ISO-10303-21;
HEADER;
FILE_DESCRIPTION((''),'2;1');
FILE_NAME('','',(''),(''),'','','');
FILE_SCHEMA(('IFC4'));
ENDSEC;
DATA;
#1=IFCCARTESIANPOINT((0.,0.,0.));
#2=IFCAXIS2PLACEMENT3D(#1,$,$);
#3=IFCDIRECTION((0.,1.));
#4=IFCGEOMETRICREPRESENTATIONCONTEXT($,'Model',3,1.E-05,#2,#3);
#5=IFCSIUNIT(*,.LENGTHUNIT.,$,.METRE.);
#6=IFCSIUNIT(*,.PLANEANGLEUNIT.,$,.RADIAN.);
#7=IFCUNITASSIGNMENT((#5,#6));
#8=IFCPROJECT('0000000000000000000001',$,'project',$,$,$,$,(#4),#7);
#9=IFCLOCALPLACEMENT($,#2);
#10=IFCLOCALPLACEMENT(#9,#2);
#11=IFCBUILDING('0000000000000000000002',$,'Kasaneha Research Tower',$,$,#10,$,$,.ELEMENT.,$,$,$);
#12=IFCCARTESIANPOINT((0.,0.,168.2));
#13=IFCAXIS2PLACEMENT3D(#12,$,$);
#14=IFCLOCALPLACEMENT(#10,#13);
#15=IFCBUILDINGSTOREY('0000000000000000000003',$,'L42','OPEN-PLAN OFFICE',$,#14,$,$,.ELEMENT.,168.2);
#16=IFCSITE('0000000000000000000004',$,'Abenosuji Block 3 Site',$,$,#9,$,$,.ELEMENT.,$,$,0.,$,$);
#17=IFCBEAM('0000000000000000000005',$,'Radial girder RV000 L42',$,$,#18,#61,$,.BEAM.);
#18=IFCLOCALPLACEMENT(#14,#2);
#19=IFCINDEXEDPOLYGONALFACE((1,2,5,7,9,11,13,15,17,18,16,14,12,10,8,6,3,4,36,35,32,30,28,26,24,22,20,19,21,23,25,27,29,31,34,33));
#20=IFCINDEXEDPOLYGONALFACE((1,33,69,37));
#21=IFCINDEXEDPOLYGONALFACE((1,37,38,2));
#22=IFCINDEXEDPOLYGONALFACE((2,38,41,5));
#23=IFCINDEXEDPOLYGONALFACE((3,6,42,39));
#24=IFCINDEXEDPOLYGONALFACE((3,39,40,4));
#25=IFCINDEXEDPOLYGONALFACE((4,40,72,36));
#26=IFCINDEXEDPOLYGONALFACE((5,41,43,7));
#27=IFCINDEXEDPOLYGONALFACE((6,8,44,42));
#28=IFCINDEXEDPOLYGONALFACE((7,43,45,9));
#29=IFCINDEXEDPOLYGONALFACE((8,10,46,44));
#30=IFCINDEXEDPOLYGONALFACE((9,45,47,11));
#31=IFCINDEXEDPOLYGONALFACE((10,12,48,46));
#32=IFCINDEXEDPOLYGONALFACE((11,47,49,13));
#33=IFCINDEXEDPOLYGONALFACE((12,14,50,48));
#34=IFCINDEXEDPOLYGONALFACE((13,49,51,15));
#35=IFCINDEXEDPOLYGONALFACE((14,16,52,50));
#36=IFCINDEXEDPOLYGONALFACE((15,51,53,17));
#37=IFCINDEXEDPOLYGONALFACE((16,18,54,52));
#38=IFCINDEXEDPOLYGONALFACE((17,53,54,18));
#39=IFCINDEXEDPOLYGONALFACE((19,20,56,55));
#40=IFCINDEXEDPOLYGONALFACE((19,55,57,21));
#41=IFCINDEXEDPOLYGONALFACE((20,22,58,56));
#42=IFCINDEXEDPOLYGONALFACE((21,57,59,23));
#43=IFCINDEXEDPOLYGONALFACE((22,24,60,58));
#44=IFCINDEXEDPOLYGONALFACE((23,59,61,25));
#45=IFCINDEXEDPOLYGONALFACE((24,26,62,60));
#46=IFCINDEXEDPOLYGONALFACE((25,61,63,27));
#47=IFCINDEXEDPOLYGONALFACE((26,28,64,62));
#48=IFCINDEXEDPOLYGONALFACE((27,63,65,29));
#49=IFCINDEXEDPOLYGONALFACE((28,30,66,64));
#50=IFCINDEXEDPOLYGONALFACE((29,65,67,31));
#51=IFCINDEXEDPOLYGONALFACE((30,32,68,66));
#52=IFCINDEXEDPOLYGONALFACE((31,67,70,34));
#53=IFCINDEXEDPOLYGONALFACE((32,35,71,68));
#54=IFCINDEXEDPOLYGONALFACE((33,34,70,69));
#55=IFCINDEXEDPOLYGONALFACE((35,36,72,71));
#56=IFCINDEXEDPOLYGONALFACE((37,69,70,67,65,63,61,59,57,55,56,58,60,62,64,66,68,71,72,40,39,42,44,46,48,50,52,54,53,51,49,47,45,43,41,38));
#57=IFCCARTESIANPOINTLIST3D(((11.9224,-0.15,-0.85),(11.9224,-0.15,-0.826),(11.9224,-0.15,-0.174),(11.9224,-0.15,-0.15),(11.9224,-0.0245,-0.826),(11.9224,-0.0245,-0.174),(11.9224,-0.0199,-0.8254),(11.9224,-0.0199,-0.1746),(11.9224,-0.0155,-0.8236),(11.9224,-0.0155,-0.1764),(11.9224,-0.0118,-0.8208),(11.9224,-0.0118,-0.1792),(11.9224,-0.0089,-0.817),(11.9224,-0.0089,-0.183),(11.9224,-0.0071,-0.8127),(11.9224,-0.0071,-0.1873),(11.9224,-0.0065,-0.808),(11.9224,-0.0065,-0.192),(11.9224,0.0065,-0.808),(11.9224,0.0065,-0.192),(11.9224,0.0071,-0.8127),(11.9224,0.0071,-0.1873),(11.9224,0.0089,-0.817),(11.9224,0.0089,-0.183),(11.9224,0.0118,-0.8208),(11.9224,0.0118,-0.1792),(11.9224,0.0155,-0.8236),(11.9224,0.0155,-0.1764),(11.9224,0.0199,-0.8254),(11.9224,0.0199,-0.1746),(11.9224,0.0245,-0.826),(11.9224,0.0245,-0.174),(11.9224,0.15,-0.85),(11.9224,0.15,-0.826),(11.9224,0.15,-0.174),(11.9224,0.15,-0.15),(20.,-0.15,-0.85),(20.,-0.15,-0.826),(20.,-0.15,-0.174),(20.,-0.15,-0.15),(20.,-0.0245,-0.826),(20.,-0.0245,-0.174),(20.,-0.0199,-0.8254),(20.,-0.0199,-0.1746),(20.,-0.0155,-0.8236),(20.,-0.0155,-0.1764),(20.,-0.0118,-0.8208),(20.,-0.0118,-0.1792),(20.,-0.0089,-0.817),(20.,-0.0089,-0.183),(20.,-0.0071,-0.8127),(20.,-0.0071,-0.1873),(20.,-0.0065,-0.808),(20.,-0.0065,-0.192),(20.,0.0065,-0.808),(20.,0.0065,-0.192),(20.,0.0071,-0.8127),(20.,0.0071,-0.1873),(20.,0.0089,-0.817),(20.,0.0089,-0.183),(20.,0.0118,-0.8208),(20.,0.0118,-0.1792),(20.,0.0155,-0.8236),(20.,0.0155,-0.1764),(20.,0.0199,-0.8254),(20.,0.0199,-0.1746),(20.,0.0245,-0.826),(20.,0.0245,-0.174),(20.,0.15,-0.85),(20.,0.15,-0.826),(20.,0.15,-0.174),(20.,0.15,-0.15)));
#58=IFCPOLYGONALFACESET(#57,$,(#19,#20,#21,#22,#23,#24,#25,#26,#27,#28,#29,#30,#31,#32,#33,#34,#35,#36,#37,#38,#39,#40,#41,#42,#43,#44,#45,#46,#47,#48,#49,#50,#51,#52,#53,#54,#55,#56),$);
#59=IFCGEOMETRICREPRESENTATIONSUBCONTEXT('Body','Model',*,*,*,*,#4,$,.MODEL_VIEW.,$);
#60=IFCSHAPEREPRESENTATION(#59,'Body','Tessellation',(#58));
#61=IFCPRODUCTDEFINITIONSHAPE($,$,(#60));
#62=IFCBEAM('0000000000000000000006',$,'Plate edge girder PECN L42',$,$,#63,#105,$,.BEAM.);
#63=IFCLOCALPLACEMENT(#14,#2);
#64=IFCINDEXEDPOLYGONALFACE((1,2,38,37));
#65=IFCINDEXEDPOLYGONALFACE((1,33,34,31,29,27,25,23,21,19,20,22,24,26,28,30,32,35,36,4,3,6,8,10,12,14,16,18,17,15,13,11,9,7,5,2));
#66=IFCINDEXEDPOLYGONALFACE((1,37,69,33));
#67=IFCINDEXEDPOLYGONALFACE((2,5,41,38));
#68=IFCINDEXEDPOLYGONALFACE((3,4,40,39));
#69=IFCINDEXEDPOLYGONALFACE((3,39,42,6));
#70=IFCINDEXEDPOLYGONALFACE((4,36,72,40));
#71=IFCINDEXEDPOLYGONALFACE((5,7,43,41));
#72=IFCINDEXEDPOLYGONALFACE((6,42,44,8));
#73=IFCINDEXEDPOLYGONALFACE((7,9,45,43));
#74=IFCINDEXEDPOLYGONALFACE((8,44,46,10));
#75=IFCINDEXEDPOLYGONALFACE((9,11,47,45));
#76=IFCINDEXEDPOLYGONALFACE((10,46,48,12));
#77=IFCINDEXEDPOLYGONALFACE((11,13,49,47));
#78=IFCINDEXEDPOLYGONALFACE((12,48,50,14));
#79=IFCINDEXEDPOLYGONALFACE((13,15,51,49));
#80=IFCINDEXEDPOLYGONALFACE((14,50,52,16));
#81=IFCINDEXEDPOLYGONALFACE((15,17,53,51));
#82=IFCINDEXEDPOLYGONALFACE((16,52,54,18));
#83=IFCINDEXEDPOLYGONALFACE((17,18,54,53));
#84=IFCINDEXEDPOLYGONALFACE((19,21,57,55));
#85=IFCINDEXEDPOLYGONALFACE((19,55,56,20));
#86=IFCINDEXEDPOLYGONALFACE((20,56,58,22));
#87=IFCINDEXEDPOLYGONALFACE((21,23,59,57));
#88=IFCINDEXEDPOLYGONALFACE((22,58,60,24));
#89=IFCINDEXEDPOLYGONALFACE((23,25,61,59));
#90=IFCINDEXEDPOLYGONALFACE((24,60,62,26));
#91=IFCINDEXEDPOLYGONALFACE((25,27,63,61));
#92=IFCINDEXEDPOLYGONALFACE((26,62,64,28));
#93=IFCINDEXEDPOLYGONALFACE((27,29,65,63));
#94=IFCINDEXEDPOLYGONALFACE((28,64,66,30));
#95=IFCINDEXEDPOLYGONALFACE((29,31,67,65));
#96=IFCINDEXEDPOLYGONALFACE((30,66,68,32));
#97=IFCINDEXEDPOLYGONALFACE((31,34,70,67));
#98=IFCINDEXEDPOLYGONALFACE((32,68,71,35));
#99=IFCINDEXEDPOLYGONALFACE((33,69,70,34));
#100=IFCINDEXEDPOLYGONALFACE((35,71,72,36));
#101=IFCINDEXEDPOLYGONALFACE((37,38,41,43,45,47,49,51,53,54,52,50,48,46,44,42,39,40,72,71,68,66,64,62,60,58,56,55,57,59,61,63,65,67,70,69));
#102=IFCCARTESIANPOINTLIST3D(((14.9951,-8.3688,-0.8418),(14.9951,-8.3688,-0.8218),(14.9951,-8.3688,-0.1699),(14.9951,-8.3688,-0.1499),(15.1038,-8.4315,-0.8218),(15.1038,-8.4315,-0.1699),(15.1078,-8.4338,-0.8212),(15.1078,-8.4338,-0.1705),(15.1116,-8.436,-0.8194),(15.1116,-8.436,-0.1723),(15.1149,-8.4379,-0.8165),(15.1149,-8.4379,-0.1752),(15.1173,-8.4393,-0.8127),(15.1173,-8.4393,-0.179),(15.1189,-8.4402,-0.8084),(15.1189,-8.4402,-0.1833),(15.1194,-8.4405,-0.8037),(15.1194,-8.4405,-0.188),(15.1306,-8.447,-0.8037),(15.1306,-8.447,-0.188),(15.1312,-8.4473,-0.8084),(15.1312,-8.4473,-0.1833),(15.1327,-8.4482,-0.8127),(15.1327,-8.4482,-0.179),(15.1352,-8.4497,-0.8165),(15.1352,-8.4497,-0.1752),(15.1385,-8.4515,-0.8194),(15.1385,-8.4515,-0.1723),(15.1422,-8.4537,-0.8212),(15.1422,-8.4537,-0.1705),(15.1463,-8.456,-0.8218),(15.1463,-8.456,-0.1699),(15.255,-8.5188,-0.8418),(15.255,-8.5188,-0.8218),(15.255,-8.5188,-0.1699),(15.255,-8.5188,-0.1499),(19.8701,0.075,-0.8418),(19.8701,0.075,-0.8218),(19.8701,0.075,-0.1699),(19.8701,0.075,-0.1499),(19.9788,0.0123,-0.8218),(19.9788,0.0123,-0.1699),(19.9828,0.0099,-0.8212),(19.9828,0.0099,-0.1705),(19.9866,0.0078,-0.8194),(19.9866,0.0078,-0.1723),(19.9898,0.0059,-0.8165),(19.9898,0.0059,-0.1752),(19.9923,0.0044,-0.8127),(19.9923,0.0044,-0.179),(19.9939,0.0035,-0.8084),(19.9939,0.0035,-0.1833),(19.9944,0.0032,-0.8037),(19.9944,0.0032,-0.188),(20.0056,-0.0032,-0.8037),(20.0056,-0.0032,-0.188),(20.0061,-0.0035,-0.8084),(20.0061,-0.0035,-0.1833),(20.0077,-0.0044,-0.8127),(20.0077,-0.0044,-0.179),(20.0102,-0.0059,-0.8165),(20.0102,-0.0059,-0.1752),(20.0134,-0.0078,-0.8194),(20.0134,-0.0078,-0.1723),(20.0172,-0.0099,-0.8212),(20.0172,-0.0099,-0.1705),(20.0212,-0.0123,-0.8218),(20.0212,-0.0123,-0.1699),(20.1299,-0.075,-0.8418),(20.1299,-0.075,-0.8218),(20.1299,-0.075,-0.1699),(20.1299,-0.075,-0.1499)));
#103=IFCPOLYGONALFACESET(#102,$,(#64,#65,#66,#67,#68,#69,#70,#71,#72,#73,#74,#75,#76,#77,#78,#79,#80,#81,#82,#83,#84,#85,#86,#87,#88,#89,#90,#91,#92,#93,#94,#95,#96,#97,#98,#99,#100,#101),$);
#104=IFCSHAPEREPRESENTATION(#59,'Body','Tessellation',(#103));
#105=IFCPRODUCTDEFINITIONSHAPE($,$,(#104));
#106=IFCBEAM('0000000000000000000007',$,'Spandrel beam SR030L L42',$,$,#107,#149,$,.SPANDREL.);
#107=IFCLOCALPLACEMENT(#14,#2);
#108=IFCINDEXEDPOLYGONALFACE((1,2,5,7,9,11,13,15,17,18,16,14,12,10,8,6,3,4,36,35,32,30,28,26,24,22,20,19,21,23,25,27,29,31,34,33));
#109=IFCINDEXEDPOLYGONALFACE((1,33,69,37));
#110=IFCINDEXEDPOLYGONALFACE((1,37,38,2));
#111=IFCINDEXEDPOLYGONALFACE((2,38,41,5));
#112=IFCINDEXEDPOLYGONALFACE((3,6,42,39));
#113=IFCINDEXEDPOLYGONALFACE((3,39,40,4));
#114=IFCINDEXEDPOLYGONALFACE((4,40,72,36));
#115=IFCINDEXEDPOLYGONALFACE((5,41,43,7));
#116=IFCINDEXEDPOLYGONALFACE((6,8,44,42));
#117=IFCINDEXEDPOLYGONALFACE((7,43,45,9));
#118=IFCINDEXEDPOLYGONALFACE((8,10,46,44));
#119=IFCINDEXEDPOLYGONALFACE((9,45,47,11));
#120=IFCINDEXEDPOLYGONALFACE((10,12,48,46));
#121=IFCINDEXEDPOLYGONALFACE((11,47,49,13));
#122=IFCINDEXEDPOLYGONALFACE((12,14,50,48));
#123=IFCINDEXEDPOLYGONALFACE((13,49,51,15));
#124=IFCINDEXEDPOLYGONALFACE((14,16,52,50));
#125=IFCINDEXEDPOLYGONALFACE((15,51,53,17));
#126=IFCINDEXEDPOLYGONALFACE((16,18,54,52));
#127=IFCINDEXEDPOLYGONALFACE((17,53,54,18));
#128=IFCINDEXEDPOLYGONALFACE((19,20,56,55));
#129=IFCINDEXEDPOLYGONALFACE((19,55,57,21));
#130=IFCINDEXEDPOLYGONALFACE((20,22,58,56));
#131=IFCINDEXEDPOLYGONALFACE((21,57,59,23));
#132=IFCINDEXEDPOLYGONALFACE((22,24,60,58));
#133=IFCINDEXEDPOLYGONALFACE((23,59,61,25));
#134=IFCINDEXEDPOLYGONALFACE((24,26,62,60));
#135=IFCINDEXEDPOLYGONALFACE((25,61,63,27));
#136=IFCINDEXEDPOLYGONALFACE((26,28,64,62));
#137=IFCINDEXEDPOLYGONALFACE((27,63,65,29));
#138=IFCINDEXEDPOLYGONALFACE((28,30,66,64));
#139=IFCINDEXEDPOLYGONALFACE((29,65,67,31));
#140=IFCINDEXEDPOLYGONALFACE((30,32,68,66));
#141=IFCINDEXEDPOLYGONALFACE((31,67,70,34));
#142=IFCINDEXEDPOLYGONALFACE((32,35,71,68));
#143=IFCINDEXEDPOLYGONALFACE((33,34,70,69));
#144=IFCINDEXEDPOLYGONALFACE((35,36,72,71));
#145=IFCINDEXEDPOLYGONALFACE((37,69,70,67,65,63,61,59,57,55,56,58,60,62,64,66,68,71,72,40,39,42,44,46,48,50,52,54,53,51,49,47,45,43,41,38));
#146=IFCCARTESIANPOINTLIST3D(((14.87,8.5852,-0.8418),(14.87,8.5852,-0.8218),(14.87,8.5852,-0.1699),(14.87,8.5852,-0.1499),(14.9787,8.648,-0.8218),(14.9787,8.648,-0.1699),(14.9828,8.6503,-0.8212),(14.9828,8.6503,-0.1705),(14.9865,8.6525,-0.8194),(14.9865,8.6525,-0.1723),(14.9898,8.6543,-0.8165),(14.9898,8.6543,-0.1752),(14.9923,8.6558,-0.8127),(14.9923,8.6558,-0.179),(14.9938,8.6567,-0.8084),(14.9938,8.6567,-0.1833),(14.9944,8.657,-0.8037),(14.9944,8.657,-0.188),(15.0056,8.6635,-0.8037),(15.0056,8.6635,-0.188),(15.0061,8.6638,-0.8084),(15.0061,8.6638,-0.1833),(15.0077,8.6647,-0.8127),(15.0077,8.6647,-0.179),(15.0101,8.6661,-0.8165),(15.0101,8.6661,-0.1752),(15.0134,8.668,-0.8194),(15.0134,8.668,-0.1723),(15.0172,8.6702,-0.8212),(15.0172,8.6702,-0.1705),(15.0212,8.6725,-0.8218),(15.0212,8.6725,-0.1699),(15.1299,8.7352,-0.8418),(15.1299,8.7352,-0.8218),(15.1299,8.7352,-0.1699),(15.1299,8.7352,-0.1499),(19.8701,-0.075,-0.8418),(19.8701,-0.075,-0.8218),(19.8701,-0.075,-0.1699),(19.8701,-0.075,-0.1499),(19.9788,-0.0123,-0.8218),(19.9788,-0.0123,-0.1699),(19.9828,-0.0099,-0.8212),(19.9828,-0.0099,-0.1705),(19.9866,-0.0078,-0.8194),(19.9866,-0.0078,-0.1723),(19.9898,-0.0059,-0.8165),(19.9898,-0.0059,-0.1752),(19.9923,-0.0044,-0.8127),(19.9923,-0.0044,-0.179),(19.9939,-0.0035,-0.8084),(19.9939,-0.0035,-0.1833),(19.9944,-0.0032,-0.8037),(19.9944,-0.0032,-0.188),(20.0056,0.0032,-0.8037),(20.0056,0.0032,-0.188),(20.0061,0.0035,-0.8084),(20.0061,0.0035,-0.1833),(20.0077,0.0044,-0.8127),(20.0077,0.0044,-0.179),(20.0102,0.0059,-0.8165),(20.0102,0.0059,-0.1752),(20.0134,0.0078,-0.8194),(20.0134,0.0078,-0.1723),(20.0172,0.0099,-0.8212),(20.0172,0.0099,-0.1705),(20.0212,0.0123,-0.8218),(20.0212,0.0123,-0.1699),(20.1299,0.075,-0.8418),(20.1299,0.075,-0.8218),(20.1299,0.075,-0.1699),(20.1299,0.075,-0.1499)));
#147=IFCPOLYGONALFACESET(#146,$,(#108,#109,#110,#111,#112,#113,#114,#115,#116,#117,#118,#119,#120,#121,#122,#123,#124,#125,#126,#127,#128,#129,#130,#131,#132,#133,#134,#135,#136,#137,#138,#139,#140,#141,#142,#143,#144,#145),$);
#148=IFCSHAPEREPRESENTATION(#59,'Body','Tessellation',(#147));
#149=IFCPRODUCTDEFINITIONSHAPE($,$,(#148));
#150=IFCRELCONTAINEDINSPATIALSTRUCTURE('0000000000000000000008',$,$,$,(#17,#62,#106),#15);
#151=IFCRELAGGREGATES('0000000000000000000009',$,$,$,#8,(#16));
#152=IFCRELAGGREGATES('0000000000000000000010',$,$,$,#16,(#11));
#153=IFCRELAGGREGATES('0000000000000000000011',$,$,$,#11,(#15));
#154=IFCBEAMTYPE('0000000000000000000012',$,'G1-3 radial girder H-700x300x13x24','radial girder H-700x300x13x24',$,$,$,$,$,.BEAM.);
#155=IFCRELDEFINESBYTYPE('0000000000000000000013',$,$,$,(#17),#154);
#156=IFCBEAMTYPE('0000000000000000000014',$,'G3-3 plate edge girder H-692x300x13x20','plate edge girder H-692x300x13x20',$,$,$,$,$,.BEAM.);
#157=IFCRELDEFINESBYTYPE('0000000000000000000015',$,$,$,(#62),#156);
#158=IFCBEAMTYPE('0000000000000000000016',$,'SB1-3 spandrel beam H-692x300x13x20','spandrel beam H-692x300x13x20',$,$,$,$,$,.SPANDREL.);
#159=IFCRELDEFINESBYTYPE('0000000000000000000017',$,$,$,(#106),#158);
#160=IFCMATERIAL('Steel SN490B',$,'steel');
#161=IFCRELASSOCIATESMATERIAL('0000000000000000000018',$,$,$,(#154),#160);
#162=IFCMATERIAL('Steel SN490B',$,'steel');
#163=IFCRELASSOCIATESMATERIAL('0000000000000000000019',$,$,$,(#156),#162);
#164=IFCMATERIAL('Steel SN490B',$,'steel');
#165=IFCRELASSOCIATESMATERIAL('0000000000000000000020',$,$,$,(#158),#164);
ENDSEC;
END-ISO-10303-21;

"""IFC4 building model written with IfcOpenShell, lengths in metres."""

from ifc_helpers import new_model, si_unit, direction, frame, origin, origin_2d, place, context, subcontext, project, spatial, i_section, extrude, material, material_profile, profile_set, type_object, element, save


model = new_model("IFC4")

# Units and contexts
model_context = context("Model", 3, precision=1e-05, world=origin(), true_north=direction((0.0, 1.0)))
body_context = subcontext(model_context, "Body", "Model", "MODEL_VIEW")
ifc_project = project(units=[si_unit("LENGTHUNIT", "METRE"), si_unit("PLANEANGLEUNIT", "RADIAN")], contexts=[model_context])

# Site, building, storey
site_placement = place(None, origin())
site = spatial("IfcSite", under=ifc_project, at=site_placement, Name="Abenosuji Block 3 Site", CompositionType="ELEMENT", RefElevation=0.0)
building_placement = place(site_placement, origin())
building = spatial("IfcBuilding", under=site, at=building_placement, Name="Kasaneha Research Tower", CompositionType="ELEMENT")
storey_placement = place(building_placement, frame((0.0, 0.0, 168.2)))
storey = spatial("IfcBuildingStorey", under=building, at=storey_placement, Name="L42", Description="OPEN-PLAN OFFICE", CompositionType="ELEMENT", Elevation=168.2)

# Beams
ifc_material_1 = material(Name="Steel SN490B", Category="steel")
ifc_material_profile_1 = material_profile(ifc_material_1, i_section(OverallWidth=0.3, OverallDepth=0.7, WebThickness=0.0129, FlangeThickness=0.0239, FilletRadius=0.0181, at=origin_2d()), Name="H-700x300x13x24")
ifc_profile_set_1 = profile_set([ifc_material_profile_1], Name="Steel SN490B")
beam_type_1 = type_object("IfcBeamType", Name="G1-3 radial girder H-700x300x13x24", Description="radial girder H-700x300x13x24", PredefinedType="BEAM", material=ifc_profile_set_1)
beam_1_placement = place(storey_placement, frame((11.9224, 0.0, -0.5), z_axis=(1.0, 0.0, 0.0), x_axis=(0.0, 1.0, 0.0)))
element("IfcBeam", 1, at=beam_1_placement, inside=storey, type_object=beam_type_1, Name="Radial girder RV000 L42", PredefinedType="BEAM", context=body_context, shape_type="SweptSolid", body=[
    extrude(i_section(OverallWidth=0.3, OverallDepth=0.7, WebThickness=0.0129, FlangeThickness=0.0239, FilletRadius=0.0181, at=origin_2d()), origin(), (0.0, 0.0, 1.0), 8.0776),
])
ifc_material_2 = material(Name="Steel SN490B", Category="steel")
ifc_material_profile_2 = material_profile(ifc_material_2, i_section(OverallWidth=0.3, OverallDepth=0.6919, WebThickness=0.0129, FlangeThickness=0.02, FilletRadius=0.0181, at=origin_2d()), Name="H-692x300x13x20")
ifc_profile_set_2 = profile_set([ifc_material_profile_2], Name="Steel SN490B")
beam_type_2 = type_object("IfcBeamType", Name="G3-3 plate edge girder H-692x300x13x20", Description="plate edge girder H-692x300x13x20", PredefinedType="BEAM", material=ifc_profile_set_2)
beam_2_placement = place(storey_placement, frame((20.0, 0.0, -0.4958), z_axis=(-0.499996, -0.866028, 0.0), x_axis=(0.866028, -0.499996, 0.0)))
element("IfcBeam", 2, at=beam_2_placement, inside=storey, type_object=beam_type_2, Name="Plate edge girder PECN L42", PredefinedType="BEAM", context=body_context, shape_type="SweptSolid", body=[
    extrude(i_section(OverallWidth=0.3, OverallDepth=0.6919, WebThickness=0.0129, FlangeThickness=0.02, FilletRadius=0.0181, at=origin_2d()), origin(), (0.0, 0.0, 1.0), 9.75),
])
ifc_material_3 = material(Name="Steel SN490B", Category="steel")
ifc_material_profile_3 = material_profile(ifc_material_3, i_section(OverallWidth=0.3, OverallDepth=0.6919, WebThickness=0.0129, FlangeThickness=0.02, FilletRadius=0.0181, at=origin_2d()), Name="H-692x300x13x20")
ifc_profile_set_3 = profile_set([ifc_material_profile_3], Name="Steel SN490B")
beam_type_3 = type_object("IfcBeamType", Name="SB1-3 spandrel beam H-692x300x13x20", Description="spandrel beam H-692x300x13x20", PredefinedType="SPANDREL", material=ifc_profile_set_3)
beam_3_placement = place(storey_placement, frame((20.0, 0.0, -0.4958), z_axis=(-0.500004, 0.866023, 0.0), x_axis=(-0.866023, -0.500004, 0.0)))
element("IfcBeam", 3, at=beam_3_placement, inside=storey, type_object=beam_type_3, Name="Spandrel beam SR030L L42", PredefinedType="SPANDREL", context=body_context, shape_type="SweptSolid", body=[
    extrude(i_section(OverallWidth=0.3, OverallDepth=0.6919, WebThickness=0.0129, FlangeThickness=0.02, FilletRadius=0.0181, at=origin_2d()), origin(), (0.0, 0.0, 1.0), 10.0),
])

save(model, "model.ifc")
